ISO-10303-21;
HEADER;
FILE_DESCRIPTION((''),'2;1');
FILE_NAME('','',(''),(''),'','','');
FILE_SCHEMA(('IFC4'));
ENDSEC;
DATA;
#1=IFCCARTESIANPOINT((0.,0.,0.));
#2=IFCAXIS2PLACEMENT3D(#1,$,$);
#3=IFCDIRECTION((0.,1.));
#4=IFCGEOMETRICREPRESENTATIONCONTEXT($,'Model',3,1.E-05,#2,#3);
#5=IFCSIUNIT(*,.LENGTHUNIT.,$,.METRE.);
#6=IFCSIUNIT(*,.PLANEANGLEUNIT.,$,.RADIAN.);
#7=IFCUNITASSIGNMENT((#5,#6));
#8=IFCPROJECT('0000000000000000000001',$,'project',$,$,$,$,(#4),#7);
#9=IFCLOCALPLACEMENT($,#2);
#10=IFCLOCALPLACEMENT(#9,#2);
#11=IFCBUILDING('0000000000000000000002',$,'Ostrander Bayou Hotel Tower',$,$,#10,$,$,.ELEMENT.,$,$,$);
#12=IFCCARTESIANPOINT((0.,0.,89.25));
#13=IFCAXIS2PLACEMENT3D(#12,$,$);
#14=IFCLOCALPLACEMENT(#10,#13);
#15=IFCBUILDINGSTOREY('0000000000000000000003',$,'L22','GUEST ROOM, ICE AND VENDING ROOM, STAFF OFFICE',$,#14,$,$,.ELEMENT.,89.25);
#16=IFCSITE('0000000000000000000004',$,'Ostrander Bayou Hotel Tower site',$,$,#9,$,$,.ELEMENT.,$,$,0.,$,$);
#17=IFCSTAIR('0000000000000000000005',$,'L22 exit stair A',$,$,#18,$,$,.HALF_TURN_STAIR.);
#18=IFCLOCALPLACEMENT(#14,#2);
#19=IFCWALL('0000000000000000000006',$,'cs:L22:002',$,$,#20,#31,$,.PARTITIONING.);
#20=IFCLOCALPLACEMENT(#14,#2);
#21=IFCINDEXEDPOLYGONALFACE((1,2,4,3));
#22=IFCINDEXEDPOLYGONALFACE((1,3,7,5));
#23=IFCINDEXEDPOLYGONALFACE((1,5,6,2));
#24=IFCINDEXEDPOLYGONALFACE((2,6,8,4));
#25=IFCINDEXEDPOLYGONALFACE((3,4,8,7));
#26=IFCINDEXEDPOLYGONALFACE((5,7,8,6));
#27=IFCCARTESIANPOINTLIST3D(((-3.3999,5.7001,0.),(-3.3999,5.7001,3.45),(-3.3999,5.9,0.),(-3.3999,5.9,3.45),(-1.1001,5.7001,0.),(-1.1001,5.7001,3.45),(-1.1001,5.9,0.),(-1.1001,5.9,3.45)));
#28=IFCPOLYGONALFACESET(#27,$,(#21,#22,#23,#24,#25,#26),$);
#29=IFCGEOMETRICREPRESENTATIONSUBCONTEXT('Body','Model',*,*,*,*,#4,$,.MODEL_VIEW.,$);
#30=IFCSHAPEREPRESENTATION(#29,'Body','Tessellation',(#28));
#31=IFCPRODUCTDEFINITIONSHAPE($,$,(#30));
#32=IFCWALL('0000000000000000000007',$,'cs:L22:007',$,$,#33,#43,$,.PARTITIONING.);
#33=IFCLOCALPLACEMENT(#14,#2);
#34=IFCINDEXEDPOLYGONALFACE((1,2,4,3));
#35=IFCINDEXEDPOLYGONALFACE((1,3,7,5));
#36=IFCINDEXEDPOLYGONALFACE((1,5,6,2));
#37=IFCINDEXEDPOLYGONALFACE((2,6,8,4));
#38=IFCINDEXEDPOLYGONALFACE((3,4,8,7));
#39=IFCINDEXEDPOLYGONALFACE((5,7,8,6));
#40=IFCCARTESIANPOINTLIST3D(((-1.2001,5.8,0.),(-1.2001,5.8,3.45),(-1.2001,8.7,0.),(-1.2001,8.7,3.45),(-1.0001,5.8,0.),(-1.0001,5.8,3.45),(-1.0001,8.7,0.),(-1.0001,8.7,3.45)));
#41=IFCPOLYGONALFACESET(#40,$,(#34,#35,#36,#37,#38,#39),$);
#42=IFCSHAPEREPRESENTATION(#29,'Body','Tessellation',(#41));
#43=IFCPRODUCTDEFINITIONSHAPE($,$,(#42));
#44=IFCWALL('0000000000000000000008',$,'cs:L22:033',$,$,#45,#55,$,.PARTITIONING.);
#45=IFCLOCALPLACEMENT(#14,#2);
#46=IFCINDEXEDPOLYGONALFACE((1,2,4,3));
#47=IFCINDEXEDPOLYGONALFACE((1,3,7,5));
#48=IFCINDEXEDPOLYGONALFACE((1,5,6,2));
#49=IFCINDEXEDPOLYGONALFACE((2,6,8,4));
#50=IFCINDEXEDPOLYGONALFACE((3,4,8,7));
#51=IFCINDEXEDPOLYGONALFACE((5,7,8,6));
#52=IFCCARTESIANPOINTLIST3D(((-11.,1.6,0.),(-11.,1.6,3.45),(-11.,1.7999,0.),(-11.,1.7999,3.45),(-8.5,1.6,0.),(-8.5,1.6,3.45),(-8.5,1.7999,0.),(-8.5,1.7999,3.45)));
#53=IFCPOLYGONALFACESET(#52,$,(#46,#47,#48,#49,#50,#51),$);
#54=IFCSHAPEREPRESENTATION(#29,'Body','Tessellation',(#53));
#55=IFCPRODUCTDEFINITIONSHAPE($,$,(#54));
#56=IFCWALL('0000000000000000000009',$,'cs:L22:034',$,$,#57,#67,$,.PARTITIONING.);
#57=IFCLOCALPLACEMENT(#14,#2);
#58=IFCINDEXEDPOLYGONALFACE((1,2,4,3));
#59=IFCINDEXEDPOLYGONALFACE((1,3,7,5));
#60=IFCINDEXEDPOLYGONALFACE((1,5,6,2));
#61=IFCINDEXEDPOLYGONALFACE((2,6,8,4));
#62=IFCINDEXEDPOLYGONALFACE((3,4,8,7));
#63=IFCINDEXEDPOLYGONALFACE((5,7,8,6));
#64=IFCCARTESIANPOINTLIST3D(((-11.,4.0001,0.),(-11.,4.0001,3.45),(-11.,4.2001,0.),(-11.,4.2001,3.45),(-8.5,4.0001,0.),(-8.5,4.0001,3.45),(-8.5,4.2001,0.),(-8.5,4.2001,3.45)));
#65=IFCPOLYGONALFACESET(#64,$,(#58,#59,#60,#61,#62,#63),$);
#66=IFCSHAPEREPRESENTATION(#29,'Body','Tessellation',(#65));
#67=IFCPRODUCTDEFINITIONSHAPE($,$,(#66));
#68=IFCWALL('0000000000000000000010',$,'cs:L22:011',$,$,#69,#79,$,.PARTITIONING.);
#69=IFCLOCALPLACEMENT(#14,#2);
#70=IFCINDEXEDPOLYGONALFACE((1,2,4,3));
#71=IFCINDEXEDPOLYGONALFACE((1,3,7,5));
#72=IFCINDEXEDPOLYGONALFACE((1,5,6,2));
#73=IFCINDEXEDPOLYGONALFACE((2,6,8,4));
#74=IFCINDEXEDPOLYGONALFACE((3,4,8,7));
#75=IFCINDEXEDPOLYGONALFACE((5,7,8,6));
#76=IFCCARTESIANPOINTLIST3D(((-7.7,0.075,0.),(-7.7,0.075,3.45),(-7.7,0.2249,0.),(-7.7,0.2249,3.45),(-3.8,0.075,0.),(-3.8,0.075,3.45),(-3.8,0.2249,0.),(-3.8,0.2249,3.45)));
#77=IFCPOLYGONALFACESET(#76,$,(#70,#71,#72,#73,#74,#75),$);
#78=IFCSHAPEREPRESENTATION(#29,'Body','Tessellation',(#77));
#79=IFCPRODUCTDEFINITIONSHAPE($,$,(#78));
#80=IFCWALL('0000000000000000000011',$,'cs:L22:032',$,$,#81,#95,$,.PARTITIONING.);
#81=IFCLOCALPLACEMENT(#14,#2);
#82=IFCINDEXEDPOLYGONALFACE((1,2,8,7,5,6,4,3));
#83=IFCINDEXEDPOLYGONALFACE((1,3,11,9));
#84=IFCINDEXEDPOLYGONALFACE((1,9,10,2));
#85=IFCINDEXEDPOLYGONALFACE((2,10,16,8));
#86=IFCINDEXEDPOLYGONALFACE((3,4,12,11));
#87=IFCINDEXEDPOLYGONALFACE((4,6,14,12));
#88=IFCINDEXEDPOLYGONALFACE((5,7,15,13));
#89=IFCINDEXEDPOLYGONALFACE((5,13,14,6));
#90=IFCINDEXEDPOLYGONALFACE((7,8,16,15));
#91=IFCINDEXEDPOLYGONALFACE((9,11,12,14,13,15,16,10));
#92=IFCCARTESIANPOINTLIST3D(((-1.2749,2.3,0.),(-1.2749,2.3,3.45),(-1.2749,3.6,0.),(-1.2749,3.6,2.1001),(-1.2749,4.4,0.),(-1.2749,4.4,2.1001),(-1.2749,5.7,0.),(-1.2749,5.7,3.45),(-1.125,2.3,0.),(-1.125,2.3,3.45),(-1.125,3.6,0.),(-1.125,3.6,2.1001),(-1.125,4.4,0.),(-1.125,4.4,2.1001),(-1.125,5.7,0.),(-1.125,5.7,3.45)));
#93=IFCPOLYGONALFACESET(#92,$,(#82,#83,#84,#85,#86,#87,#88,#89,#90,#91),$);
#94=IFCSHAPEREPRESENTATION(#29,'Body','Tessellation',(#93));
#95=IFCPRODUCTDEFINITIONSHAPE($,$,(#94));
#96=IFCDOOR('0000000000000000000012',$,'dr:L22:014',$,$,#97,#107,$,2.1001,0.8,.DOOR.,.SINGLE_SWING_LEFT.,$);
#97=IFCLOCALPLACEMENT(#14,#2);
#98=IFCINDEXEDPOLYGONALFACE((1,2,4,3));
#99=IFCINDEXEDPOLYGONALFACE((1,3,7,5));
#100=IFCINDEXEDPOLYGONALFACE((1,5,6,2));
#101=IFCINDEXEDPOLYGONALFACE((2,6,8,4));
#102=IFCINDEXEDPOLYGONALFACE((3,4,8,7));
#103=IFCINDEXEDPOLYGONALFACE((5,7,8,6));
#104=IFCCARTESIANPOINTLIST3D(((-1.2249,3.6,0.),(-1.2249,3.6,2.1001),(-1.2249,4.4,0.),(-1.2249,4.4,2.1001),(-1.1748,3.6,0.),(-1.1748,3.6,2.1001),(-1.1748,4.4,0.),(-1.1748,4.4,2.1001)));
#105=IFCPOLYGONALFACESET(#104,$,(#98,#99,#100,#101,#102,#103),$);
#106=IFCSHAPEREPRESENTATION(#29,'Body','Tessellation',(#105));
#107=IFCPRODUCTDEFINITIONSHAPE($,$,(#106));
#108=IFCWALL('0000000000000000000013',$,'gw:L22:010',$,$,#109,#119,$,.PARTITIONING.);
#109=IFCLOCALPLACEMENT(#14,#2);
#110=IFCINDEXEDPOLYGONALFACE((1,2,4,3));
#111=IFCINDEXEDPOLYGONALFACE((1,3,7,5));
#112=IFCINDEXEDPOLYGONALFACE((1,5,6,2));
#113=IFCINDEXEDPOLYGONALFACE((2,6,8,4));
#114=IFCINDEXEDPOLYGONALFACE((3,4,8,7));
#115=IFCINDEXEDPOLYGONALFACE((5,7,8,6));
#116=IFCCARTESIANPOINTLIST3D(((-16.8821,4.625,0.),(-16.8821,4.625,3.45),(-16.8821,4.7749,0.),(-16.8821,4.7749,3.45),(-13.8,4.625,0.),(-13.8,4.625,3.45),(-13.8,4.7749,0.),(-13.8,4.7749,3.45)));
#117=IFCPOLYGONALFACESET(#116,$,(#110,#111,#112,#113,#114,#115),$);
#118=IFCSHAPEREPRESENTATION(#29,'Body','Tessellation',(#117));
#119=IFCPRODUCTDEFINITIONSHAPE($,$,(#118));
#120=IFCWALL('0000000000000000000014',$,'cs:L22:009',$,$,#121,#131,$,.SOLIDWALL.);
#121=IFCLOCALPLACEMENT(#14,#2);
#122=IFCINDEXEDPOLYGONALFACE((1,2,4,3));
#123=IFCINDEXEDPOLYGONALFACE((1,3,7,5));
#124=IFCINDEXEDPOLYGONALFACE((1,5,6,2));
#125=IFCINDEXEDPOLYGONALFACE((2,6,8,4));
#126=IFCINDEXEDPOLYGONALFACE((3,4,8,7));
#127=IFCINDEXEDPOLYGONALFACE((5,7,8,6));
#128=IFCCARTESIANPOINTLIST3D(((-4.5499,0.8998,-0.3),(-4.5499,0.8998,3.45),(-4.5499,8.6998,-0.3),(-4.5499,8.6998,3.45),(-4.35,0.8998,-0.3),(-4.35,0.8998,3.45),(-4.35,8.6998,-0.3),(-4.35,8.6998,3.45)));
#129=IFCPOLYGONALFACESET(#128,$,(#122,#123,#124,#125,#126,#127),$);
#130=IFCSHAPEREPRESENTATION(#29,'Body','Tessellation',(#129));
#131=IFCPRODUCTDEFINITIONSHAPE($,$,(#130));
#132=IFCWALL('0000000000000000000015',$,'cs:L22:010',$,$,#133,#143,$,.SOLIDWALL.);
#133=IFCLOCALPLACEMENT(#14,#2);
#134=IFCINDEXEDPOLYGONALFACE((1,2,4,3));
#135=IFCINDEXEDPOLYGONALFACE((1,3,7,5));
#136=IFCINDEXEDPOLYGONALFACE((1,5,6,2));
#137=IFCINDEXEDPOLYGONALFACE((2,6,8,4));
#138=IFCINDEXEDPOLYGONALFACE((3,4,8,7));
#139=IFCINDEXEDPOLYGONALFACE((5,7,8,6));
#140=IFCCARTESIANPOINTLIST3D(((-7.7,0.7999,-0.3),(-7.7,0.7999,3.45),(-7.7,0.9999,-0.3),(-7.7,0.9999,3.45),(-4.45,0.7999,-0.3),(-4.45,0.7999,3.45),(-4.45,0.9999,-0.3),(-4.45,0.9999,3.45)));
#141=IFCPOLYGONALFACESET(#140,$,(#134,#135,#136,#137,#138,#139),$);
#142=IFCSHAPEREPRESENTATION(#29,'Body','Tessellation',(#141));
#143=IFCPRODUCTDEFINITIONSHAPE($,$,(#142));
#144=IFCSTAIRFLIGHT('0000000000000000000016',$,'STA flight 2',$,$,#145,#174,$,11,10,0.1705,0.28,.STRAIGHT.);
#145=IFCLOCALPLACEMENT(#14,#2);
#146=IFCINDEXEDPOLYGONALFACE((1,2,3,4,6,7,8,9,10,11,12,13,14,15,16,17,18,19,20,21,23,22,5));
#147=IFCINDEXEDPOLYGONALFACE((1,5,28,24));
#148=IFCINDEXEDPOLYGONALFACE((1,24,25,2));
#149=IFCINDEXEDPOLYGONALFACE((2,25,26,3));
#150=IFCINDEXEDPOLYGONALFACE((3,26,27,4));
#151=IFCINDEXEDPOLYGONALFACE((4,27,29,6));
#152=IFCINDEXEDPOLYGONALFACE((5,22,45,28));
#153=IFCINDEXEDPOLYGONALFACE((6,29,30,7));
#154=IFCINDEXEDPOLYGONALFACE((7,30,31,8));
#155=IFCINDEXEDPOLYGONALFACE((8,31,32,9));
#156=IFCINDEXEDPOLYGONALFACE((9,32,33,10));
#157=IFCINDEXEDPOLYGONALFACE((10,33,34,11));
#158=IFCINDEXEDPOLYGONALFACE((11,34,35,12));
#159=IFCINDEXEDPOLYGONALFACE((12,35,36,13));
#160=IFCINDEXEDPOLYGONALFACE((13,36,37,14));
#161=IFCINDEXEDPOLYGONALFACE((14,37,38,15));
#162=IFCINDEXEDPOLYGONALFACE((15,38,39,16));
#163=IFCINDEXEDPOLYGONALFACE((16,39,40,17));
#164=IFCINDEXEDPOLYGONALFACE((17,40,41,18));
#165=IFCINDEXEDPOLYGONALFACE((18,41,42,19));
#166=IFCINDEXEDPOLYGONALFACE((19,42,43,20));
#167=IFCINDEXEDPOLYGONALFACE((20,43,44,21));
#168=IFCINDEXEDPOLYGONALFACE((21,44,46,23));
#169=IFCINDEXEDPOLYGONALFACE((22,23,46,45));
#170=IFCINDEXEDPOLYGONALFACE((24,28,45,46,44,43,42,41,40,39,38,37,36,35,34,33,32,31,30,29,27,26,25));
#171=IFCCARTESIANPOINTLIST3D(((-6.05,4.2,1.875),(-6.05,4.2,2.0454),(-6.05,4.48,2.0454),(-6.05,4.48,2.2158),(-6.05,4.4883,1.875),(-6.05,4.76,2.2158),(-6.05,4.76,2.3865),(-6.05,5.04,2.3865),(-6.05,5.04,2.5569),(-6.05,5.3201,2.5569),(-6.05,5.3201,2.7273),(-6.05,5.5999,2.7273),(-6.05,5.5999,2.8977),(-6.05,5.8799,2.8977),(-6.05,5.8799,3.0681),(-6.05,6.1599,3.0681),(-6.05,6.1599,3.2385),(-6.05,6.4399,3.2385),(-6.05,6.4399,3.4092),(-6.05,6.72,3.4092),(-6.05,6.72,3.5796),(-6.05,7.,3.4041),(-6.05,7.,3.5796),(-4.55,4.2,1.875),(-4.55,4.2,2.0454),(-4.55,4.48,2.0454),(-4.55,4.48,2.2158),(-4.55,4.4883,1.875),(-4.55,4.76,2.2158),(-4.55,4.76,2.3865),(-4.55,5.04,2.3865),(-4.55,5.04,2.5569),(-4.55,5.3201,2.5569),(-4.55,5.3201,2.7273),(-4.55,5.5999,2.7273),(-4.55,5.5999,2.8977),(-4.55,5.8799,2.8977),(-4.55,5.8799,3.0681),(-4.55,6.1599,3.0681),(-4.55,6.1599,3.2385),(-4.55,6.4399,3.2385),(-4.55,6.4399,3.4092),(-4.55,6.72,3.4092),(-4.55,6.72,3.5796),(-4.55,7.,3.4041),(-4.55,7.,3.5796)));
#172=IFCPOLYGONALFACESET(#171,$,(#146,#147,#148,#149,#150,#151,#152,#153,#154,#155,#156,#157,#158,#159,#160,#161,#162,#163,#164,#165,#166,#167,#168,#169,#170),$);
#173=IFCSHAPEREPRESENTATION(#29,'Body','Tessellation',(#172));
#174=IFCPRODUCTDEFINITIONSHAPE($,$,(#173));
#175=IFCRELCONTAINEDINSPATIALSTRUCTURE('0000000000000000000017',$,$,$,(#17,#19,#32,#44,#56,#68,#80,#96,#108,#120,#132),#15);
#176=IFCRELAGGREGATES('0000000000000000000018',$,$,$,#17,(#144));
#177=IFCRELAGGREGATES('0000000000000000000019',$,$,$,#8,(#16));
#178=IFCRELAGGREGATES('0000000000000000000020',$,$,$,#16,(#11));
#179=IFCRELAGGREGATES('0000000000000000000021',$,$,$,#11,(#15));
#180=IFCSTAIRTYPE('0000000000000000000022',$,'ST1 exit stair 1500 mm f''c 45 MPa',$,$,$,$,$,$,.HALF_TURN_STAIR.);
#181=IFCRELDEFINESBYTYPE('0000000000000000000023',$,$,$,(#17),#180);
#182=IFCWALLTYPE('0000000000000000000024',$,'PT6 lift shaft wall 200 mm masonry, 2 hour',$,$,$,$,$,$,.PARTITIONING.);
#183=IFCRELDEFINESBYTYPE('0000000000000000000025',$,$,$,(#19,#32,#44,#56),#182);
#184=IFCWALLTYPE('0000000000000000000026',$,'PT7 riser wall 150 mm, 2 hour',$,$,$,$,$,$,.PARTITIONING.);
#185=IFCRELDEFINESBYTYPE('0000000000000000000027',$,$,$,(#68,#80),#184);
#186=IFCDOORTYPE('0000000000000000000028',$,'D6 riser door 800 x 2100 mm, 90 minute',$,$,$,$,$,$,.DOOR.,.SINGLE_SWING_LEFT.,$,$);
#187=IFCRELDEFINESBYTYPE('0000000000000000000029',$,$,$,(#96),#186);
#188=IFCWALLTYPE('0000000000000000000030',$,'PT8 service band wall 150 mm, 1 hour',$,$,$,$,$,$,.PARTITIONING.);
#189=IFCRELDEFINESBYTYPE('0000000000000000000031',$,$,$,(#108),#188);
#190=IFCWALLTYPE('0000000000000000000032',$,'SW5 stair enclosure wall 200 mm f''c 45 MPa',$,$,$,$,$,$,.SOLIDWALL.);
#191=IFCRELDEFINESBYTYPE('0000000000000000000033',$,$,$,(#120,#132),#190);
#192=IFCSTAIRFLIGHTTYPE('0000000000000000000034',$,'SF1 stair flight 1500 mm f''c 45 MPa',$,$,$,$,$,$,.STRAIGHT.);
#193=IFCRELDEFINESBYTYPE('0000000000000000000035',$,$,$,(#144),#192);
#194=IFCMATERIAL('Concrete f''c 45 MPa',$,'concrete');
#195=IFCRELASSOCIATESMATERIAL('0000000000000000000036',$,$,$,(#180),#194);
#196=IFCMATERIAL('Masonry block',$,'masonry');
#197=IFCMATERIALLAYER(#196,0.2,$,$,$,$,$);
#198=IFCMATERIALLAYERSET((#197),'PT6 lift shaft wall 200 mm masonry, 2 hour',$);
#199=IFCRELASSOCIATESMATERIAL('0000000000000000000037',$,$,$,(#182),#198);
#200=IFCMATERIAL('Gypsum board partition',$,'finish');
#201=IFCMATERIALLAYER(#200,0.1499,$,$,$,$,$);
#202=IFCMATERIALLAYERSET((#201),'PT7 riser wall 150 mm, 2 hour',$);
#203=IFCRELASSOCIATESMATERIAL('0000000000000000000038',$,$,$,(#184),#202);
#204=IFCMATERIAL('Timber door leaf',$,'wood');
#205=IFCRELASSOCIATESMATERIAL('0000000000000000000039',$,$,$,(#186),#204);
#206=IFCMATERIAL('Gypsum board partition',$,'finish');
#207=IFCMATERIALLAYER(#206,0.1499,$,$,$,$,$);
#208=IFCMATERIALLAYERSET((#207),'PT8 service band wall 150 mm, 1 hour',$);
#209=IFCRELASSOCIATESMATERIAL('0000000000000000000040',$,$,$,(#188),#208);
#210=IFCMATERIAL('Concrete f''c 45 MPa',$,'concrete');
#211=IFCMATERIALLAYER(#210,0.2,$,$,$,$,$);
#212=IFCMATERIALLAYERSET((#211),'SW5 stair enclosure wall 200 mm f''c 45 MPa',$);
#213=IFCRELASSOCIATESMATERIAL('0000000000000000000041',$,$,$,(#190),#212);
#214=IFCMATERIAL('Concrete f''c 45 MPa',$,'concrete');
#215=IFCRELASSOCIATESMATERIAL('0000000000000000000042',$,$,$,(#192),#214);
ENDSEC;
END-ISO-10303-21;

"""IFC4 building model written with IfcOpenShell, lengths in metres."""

from ifc_helpers import new_model, si_unit, direction, frame, frame_2d, origin, place, context, subcontext, project, spatial, polyline, rectangle, outline, extrude, material, layer, layer_set, type_object, element, fill, aggregate, save


model = new_model("IFC4")

# Units and contexts
model_context = context("Model", 3, precision=1e-05, world=origin(), true_north=direction((0.0, 1.0)))
body_context = subcontext(model_context, "Body", "Model", "MODEL_VIEW")
ifc_project = project(units=[si_unit("LENGTHUNIT", "METRE"), si_unit("PLANEANGLEUNIT", "RADIAN")], contexts=[model_context])

# Site, building, storey
site_placement = place(None, origin())
site = spatial("IfcSite", under=ifc_project, at=site_placement, Name="Ostrander Bayou Hotel Tower site", CompositionType="ELEMENT", RefElevation=0.0)
building_placement = place(site_placement, origin())
building = spatial("IfcBuilding", under=site, at=building_placement, Name="Ostrander Bayou Hotel Tower", CompositionType="ELEMENT")
storey_placement = place(building_placement, frame((0.0, 0.0, 89.25)))
storey = spatial("IfcBuildingStorey", under=building, at=storey_placement, Name="L22", Description="GUEST ROOM, ICE AND VENDING ROOM, STAFF OFFICE", CompositionType="ELEMENT", Elevation=89.25)

# Stair
ifc_material_1 = material(Name="Concrete f'c 45 MPa", Category="concrete")
stair_type = type_object("IfcStairType", Name="ST1 exit stair 1500 mm f'c 45 MPa", PredefinedType="HALF_TURN_STAIR", material=ifc_material_1)
stair_1_placement = place(storey_placement, origin())
stair_1 = element("IfcStair", 1, at=stair_1_placement, inside=storey, type_object=stair_type, Name="L22 exit stair A", PredefinedType="HALF_TURN_STAIR")

# Walls
ifc_material_2 = material(Name="Masonry block", Category="masonry")
ifc_layer_1 = layer(ifc_material_2, 0.2)
ifc_layer_set_1 = layer_set([ifc_layer_1], Name="PT6 lift shaft wall 200 mm masonry, 2 hour")
wall_type_1 = type_object("IfcWallType", Name="PT6 lift shaft wall 200 mm masonry, 2 hour", PredefinedType="PARTITIONING", material=ifc_layer_set_1)
for number, where, z_axis, x_axis, name in (
    (2, (-3.3999, 5.8, 0.0), (0.0, 0.0, 1.0), (1.0, 0.0, 0.0), "cs:L22:002"),
):
    element("IfcWall", number, at=place(storey_placement, frame(where, z_axis=z_axis, x_axis=x_axis)), inside=storey, type_object=wall_type_1, Name=name, PredefinedType="PARTITIONING", context=body_context, shape_type="SweptSolid", body=[
        extrude(rectangle(XDim=2.2998, YDim=0.2, at=frame_2d((1.1499, 0.0))), origin(), (0.0, 0.0, 1.0), 3.45),
    ])
wall_1_placement = place(storey_placement, frame((-1.1001, 5.8, 0.0), z_axis=(0.0, 0.0, 1.0), x_axis=(0.0, 1.0, 0.0)))
element("IfcWall", 3, at=wall_1_placement, inside=storey, type_object=wall_type_1, Name="cs:L22:007", PredefinedType="PARTITIONING", context=body_context, shape_type="SweptSolid", body=[
    extrude(rectangle(XDim=2.8999, YDim=0.2, at=frame_2d((1.45, 0.0))), origin(), (0.0, 0.0, 1.0), 3.45),
])
for number, where, z_axis, x_axis, name in (
    (4, (-11.0, 1.7, 0.0), (0.0, 0.0, 1.0), (1.0, 0.0, 0.0), "cs:L22:033"),
    (5, (-11.0, 4.1001, 0.0), (0.0, 0.0, 1.0), (1.0, 0.0, 0.0), "cs:L22:034"),
):
    element("IfcWall", number, at=place(storey_placement, frame(where, z_axis=z_axis, x_axis=x_axis)), inside=storey, type_object=wall_type_1, Name=name, PredefinedType="PARTITIONING", context=body_context, shape_type="SweptSolid", body=[
        extrude(rectangle(XDim=2.5, YDim=0.2, at=frame_2d((1.25, 0.0))), origin(), (0.0, 0.0, 1.0), 3.45),
    ])
ifc_material_3 = material(Name="Gypsum board partition", Category="finish")
ifc_layer_2 = layer(ifc_material_3, 0.1499)
ifc_layer_set_2 = layer_set([ifc_layer_2], Name="PT7 riser wall 150 mm, 2 hour")
wall_type_2 = type_object("IfcWallType", Name="PT7 riser wall 150 mm, 2 hour", PredefinedType="PARTITIONING", material=ifc_layer_set_2)
wall_2_placement = place(storey_placement, frame((-7.7, 0.1499, 0.0), z_axis=(0.0, 0.0, 1.0), x_axis=(1.0, 0.0, 0.0)))
element("IfcWall", 6, at=wall_2_placement, inside=storey, type_object=wall_type_2, Name="cs:L22:011", PredefinedType="PARTITIONING", context=body_context, shape_type="SweptSolid", body=[
    extrude(rectangle(XDim=3.8999, YDim=0.1499, at=frame_2d((1.95, 0.0))), origin(), (0.0, 0.0, 1.0), 3.45),
])

# Wall, opening, door
wall_3_placement = place(storey_placement, frame((-1.2, 2.3, 0.0), z_axis=(0.0, 0.0, 1.0), x_axis=(0.0, 1.0, 0.0)))
wall_3 = element("IfcWall", 7, at=wall_3_placement, inside=storey, type_object=wall_type_2, Name="cs:L22:032", PredefinedType="PARTITIONING", context=body_context, shape_type="SweptSolid", body=[
    extrude(rectangle(XDim=3.3999, YDim=0.1499, at=frame_2d((1.7, 0.0))), origin(), (0.0, 0.0, 1.0), 3.45),
])
opening_1_placement = place(wall_3_placement, frame((1.3, 0.0, 0.0)))
opening_1 = element("IfcOpeningElement", 8, at=opening_1_placement, cuts=wall_3, PredefinedType="OPENING", context=body_context, shape_type="SweptSolid", body=[
    extrude(rectangle(XDim=0.8, YDim=2.1001, at=frame_2d((0.3999, 1.05))), frame((0.0, 0.075, 0.0), z_axis=(0.0, -1.0, 0.0), x_axis=(1.0, 0.0, 0.0)), (0.0, 0.0, 1.0), 0.1499),
])
ifc_material_4 = material(Name="Timber door leaf", Category="wood")
door_type_1 = type_object("IfcDoorType", Name="D6 riser door 800 x 2100 mm, 90 minute", OperationType="SINGLE_SWING_LEFT", PredefinedType="DOOR", material=ifc_material_4)
door_1_placement = place(opening_1_placement, origin())
door_1 = element("IfcDoor", 9, at=door_1_placement, inside=storey, type_object=door_type_1, Name="dr:L22:014", OperationType="SINGLE_SWING_LEFT", OverallHeight=2.1001, OverallWidth=0.8, PredefinedType="DOOR", context=body_context, shape_type="SweptSolid", body=[
    extrude(rectangle(XDim=0.8, YDim=2.1001, at=frame_2d((0.3999, 1.05))), frame((0.0, 0.0249, 0.0), z_axis=(0.0, -1.0, 0.0), x_axis=(1.0, 0.0, 0.0)), (0.0, 0.0, 1.0), 0.05),
])
fill(opening_1, door_1)

# Walls
ifc_material_5 = material(Name="Gypsum board partition", Category="finish")
ifc_layer_3 = layer(ifc_material_5, 0.1499)
ifc_layer_set_3 = layer_set([ifc_layer_3], Name="PT8 service band wall 150 mm, 1 hour")
wall_type_3 = type_object("IfcWallType", Name="PT8 service band wall 150 mm, 1 hour", PredefinedType="PARTITIONING", material=ifc_layer_set_3)
wall_4_placement = place(storey_placement, frame((-16.8821, 4.7, 0.0), z_axis=(0.0, 0.0, 1.0), x_axis=(1.0, 0.0, 0.0)))
element("IfcWall", 10, at=wall_4_placement, inside=storey, type_object=wall_type_3, Name="gw:L22:010", PredefinedType="PARTITIONING", context=body_context, shape_type="SweptSolid", body=[
    extrude(rectangle(XDim=3.082, YDim=0.1499, at=frame_2d((1.541, 0.0))), origin(), (0.0, 0.0, 1.0), 3.45),
])
ifc_material_6 = material(Name="Concrete f'c 45 MPa", Category="concrete")
ifc_layer_4 = layer(ifc_material_6, 0.2)
ifc_layer_set_4 = layer_set([ifc_layer_4], Name="SW5 stair enclosure wall 200 mm f'c 45 MPa")
wall_type_4 = type_object("IfcWallType", Name="SW5 stair enclosure wall 200 mm f'c 45 MPa", PredefinedType="SOLIDWALL", material=ifc_layer_set_4)
wall_5_placement = place(storey_placement, frame((-4.45, 0.8999, -0.3), z_axis=(0.0, 0.0, 1.0), x_axis=(0.0, 1.0, 0.0)))
element("IfcWall", 11, at=wall_5_placement, inside=storey, type_object=wall_type_4, Name="cs:L22:009", PredefinedType="SOLIDWALL", context=body_context, shape_type="SweptSolid", body=[
    extrude(rectangle(XDim=7.8, YDim=0.2, at=frame_2d((3.8999, 0.0))), origin(), (0.0, 0.0, 1.0), 3.75),
])
wall_6_placement = place(storey_placement, frame((-7.7, 0.8999, -0.3), z_axis=(0.0, 0.0, 1.0), x_axis=(1.0, 0.0, 0.0)))
element("IfcWall", 12, at=wall_6_placement, inside=storey, type_object=wall_type_4, Name="cs:L22:010", PredefinedType="SOLIDWALL", context=body_context, shape_type="SweptSolid", body=[
    extrude(rectangle(XDim=3.25, YDim=0.2, at=frame_2d((1.625, 0.0))), origin(), (0.0, 0.0, 1.0), 3.75),
])

# Stair flight
ifc_material_7 = material(Name="Concrete f'c 45 MPa", Category="concrete")
stair_flight_type = type_object("IfcStairFlightType", Name="SF1 stair flight 1500 mm f'c 45 MPa", PredefinedType="STRAIGHT", material=ifc_material_7)
stair_flight_placement = place(storey_placement, frame((-5.3, 4.2, 1.875), z_axis=(0.0, 0.0, 1.0), x_axis=(0.0, 1.0, 0.0)))
stair_flight = element("IfcStairFlight", 13, at=stair_flight_placement, type_object=stair_flight_type, Name="STA flight 2", NumberOfRisers=11, NumberOfTreads=10, PredefinedType="STRAIGHT", RiserHeight=0.1705, TreadLength=0.28, context=body_context, shape_type="SweptSolid", body=[
    extrude(outline(polyline([(0.0, 0.0), (0.0, 0.1704), (0.28, 0.1704), (0.28, 0.3408), (0.5601, 0.3408), (0.5601, 0.5115), (0.8401, 0.5115), (0.8401, 0.6819), (1.1201, 0.6819), (1.1201, 0.8523), (1.3999, 0.8523), (1.3999, 1.0227), (1.6799, 1.0227), (1.6799, 1.1931), (1.96, 1.1931), (1.96, 1.3635), (2.24, 1.3635), (2.24, 1.5342), (2.52, 1.5342), (2.52, 1.7046), (2.8, 1.7046), (2.8, 1.875), (2.8, 1.5291), (0.2883, 0.0), (0.0, 0.0)])), frame((0.0, 0.75, 0.0), z_axis=(0.0, -1.0, 0.0), x_axis=(1.0, 0.0, 0.0)), (0.0, 0.0, 1.0), 1.5),
])
aggregate(stair_1, [stair_flight])

save(model, "model.ifc")
